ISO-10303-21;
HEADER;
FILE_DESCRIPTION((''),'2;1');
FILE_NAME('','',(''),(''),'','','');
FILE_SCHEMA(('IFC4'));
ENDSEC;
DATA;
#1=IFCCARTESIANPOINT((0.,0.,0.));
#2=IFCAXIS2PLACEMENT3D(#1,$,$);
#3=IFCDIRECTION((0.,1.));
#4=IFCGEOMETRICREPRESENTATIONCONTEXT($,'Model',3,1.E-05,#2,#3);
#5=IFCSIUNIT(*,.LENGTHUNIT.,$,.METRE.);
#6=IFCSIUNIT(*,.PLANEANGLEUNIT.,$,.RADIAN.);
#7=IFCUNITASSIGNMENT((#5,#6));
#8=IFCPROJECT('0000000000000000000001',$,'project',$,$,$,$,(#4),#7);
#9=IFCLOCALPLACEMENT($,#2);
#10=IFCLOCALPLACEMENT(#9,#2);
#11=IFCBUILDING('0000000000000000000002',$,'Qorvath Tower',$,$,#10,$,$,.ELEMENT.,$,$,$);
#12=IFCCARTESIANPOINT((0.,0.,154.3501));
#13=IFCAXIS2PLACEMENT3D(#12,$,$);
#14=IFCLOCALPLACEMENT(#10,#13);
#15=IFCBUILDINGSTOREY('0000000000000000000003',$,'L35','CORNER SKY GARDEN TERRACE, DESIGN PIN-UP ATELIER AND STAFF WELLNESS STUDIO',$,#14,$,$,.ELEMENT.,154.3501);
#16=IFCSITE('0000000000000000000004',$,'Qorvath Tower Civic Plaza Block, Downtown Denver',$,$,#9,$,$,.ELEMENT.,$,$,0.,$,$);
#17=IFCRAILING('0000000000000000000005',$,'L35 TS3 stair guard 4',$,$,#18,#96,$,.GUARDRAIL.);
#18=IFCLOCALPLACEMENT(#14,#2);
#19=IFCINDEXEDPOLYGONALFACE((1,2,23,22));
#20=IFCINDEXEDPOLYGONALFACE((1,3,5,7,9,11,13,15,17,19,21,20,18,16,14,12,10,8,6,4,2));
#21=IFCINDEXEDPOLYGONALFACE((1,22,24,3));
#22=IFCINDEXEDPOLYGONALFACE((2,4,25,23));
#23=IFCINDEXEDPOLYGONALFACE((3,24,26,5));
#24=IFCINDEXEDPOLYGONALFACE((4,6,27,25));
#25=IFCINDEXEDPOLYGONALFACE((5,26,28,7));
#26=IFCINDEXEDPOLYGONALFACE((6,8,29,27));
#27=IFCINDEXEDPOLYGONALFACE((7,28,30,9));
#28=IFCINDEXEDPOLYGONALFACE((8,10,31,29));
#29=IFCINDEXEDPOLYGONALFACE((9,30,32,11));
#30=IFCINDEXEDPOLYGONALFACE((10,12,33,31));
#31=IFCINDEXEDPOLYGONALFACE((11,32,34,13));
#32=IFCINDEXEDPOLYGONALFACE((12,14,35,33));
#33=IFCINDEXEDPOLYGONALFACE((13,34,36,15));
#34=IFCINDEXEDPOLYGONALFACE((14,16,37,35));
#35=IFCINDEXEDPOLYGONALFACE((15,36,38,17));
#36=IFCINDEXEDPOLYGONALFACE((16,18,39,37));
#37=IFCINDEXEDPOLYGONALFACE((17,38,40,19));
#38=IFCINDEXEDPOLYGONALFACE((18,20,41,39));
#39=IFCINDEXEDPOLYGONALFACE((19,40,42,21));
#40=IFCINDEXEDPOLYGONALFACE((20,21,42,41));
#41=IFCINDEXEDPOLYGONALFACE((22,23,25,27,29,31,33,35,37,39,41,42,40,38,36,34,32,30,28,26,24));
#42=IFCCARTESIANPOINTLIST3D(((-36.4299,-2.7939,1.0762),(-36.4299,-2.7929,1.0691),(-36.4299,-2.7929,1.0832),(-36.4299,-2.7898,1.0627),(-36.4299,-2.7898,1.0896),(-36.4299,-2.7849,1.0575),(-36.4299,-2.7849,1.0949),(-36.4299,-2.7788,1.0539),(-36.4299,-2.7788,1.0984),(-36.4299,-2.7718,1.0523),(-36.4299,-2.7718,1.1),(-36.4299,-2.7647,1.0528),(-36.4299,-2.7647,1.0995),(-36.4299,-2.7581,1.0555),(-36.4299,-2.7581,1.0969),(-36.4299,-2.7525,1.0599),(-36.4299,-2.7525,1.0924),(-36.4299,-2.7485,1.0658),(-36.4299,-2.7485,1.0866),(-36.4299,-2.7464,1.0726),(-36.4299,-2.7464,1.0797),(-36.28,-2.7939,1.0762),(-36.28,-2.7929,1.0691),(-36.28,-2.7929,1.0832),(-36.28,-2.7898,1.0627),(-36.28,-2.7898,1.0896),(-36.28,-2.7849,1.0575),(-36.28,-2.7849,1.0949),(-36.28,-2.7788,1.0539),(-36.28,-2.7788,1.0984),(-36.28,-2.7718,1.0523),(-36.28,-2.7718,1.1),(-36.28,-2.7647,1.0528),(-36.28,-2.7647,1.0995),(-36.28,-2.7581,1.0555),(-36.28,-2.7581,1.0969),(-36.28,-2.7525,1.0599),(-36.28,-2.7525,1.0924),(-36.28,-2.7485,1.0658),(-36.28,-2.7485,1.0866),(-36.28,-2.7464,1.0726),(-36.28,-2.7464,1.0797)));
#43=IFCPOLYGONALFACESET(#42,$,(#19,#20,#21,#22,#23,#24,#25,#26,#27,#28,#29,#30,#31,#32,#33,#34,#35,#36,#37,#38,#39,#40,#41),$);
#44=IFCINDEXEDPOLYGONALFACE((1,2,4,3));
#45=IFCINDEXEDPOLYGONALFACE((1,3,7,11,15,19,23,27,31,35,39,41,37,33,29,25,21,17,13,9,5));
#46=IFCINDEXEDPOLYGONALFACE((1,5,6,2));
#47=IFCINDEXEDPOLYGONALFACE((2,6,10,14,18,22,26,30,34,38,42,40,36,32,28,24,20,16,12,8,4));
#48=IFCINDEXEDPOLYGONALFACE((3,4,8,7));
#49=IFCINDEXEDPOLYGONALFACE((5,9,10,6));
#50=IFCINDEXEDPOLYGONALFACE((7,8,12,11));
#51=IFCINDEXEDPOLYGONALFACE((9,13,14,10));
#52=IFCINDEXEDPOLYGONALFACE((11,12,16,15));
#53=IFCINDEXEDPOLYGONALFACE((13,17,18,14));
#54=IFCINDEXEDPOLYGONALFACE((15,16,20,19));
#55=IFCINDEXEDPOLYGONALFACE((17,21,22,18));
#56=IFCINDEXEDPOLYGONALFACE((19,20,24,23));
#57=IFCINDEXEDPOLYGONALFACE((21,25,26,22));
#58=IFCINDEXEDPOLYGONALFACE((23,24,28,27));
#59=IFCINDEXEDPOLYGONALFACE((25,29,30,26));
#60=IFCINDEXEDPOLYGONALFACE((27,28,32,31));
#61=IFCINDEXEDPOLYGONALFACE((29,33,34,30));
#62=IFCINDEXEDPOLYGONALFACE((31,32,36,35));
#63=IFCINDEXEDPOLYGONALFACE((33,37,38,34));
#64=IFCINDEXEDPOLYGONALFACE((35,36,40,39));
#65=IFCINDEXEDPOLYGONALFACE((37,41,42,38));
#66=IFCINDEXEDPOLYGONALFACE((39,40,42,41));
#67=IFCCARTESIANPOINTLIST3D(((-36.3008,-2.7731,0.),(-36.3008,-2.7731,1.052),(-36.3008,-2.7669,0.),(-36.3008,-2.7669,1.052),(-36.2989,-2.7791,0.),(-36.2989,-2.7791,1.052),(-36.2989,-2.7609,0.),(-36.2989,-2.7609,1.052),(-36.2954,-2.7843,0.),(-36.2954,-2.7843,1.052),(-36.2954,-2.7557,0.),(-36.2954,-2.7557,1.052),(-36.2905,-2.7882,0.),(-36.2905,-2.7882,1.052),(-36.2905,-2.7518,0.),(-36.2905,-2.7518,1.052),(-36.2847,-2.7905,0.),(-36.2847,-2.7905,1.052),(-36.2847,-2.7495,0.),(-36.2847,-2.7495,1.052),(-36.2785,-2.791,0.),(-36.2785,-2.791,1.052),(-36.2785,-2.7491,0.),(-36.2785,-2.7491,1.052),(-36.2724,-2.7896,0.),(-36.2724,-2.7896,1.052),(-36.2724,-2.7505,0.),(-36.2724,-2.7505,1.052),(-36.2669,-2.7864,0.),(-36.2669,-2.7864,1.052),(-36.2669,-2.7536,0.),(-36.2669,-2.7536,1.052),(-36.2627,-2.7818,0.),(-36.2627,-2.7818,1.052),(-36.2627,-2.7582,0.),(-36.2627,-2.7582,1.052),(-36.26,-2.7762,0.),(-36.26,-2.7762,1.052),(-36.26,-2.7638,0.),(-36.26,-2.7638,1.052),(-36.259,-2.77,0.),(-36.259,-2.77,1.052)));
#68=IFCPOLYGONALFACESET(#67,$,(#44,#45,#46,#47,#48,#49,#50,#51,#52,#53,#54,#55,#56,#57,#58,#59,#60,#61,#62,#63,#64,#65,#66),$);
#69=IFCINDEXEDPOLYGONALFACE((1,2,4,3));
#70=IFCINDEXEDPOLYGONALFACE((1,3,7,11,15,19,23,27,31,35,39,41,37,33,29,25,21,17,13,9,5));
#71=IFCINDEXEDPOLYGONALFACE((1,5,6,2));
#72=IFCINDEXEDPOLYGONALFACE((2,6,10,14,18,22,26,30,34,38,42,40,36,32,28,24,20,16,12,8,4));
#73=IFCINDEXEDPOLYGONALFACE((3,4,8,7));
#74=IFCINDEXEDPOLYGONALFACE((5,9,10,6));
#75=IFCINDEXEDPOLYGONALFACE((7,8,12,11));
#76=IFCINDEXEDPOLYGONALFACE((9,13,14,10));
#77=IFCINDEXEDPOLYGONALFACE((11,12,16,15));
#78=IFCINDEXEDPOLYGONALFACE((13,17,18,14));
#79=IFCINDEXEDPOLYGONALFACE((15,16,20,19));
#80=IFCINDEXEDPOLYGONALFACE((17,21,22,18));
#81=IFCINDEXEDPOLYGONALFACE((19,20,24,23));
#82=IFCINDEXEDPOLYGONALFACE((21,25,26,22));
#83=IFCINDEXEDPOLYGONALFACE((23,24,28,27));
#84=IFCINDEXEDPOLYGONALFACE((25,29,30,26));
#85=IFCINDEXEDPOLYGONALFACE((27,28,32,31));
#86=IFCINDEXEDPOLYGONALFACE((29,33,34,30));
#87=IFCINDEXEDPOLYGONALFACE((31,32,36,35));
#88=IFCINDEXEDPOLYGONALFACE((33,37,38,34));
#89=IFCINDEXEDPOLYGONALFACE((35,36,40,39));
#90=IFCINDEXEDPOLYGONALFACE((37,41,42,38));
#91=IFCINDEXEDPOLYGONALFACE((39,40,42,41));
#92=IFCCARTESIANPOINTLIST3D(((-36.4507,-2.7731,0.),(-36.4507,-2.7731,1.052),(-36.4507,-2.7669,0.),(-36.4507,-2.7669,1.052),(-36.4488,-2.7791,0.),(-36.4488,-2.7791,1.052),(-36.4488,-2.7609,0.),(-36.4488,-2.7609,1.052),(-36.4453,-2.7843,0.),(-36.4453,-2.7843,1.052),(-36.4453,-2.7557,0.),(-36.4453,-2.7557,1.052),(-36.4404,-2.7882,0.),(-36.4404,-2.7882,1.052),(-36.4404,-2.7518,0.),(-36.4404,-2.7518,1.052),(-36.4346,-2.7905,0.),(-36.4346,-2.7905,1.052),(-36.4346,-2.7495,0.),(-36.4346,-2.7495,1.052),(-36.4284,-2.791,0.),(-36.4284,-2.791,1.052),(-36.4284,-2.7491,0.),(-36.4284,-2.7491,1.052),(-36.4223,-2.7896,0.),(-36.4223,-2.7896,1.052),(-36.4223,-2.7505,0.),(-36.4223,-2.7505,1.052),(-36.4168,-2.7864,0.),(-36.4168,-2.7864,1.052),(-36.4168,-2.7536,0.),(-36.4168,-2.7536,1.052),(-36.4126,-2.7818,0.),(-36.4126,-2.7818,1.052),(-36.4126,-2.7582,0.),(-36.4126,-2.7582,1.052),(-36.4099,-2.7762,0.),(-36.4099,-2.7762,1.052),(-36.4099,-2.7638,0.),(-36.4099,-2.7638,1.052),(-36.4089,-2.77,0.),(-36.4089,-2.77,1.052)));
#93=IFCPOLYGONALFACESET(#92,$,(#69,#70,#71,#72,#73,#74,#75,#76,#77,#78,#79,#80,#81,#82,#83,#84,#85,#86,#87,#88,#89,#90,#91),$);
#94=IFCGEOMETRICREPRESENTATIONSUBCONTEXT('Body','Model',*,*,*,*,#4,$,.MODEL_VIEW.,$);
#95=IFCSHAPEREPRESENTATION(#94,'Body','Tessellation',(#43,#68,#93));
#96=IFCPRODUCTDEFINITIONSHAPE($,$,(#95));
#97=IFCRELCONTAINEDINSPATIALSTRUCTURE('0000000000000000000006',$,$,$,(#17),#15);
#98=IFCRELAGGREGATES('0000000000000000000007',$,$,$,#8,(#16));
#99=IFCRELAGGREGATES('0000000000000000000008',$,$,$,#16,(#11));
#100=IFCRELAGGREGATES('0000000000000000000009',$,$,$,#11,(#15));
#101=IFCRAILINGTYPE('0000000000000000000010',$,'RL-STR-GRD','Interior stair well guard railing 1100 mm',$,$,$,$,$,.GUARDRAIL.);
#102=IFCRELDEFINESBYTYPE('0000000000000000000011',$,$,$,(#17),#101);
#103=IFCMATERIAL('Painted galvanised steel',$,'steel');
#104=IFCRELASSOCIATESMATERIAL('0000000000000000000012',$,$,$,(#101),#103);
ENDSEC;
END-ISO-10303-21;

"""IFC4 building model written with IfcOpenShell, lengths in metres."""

from ifc_helpers import new_model, si_unit, direction, frame, origin, origin_2d, place, context, subcontext, project, spatial, circle, extrude, material, type_object, element, save


model = new_model("IFC4")

# Units and contexts
model_context = context("Model", 3, precision=1e-05, world=origin(), true_north=direction((0.0, 1.0)))
body_context = subcontext(model_context, "Body", "Model", "MODEL_VIEW")
ifc_project = project(units=[si_unit("LENGTHUNIT", "METRE"), si_unit("PLANEANGLEUNIT", "RADIAN")], contexts=[model_context])

# Site, building, storey
site_placement = place(None, origin())
site = spatial("IfcSite", under=ifc_project, at=site_placement, Name="Qorvath Tower Civic Plaza Block, Downtown Denver", CompositionType="ELEMENT", RefElevation=0.0)
building_placement = place(site_placement, origin())
building = spatial("IfcBuilding", under=site, at=building_placement, Name="Qorvath Tower", CompositionType="ELEMENT")
storey_placement = place(building_placement, frame((0.0, 0.0, 154.3501)))
storey = spatial("IfcBuildingStorey", under=building, at=storey_placement, Name="L35", Description="CORNER SKY GARDEN TERRACE, DESIGN PIN-UP ATELIER AND STAFF WELLNESS STUDIO", CompositionType="ELEMENT", Elevation=154.3501)

# Railing
ifc_material_1 = material(Name="Painted galvanised steel", Category="steel")
railing_type_1 = type_object("IfcRailingType", Name="RL-STR-GRD", Description="Interior stair well guard railing 1100 mm", PredefinedType="GUARDRAIL", material=ifc_material_1)
railing_1_placement = place(storey_placement, frame((-36.28, -2.77, 0.0)))
element("IfcRailing", 1, at=railing_1_placement, inside=storey, type_object=railing_type_1, Name="L35 TS3 stair guard 4", PredefinedType="GUARDRAIL", context=body_context, shape_type="SweptSolid", body=[
    extrude(circle(Radius=0.0239, at=origin_2d()), frame((0.0, 0.0, 1.0762), z_axis=(-1.0, 0.0, 0.0), x_axis=(0.0, -1.0, 0.0)), (0.0, 0.0, 1.0), 0.1499),
    extrude(circle(Radius=0.021, at=origin_2d()), origin(), (0.0, 0.0, 1.0), 1.052),
    extrude(circle(Radius=0.021, at=origin_2d()), frame((-0.1499, 0.0, 0.0)), (0.0, 0.0, 1.0), 1.052),
])

save(model, "model.ifc")
